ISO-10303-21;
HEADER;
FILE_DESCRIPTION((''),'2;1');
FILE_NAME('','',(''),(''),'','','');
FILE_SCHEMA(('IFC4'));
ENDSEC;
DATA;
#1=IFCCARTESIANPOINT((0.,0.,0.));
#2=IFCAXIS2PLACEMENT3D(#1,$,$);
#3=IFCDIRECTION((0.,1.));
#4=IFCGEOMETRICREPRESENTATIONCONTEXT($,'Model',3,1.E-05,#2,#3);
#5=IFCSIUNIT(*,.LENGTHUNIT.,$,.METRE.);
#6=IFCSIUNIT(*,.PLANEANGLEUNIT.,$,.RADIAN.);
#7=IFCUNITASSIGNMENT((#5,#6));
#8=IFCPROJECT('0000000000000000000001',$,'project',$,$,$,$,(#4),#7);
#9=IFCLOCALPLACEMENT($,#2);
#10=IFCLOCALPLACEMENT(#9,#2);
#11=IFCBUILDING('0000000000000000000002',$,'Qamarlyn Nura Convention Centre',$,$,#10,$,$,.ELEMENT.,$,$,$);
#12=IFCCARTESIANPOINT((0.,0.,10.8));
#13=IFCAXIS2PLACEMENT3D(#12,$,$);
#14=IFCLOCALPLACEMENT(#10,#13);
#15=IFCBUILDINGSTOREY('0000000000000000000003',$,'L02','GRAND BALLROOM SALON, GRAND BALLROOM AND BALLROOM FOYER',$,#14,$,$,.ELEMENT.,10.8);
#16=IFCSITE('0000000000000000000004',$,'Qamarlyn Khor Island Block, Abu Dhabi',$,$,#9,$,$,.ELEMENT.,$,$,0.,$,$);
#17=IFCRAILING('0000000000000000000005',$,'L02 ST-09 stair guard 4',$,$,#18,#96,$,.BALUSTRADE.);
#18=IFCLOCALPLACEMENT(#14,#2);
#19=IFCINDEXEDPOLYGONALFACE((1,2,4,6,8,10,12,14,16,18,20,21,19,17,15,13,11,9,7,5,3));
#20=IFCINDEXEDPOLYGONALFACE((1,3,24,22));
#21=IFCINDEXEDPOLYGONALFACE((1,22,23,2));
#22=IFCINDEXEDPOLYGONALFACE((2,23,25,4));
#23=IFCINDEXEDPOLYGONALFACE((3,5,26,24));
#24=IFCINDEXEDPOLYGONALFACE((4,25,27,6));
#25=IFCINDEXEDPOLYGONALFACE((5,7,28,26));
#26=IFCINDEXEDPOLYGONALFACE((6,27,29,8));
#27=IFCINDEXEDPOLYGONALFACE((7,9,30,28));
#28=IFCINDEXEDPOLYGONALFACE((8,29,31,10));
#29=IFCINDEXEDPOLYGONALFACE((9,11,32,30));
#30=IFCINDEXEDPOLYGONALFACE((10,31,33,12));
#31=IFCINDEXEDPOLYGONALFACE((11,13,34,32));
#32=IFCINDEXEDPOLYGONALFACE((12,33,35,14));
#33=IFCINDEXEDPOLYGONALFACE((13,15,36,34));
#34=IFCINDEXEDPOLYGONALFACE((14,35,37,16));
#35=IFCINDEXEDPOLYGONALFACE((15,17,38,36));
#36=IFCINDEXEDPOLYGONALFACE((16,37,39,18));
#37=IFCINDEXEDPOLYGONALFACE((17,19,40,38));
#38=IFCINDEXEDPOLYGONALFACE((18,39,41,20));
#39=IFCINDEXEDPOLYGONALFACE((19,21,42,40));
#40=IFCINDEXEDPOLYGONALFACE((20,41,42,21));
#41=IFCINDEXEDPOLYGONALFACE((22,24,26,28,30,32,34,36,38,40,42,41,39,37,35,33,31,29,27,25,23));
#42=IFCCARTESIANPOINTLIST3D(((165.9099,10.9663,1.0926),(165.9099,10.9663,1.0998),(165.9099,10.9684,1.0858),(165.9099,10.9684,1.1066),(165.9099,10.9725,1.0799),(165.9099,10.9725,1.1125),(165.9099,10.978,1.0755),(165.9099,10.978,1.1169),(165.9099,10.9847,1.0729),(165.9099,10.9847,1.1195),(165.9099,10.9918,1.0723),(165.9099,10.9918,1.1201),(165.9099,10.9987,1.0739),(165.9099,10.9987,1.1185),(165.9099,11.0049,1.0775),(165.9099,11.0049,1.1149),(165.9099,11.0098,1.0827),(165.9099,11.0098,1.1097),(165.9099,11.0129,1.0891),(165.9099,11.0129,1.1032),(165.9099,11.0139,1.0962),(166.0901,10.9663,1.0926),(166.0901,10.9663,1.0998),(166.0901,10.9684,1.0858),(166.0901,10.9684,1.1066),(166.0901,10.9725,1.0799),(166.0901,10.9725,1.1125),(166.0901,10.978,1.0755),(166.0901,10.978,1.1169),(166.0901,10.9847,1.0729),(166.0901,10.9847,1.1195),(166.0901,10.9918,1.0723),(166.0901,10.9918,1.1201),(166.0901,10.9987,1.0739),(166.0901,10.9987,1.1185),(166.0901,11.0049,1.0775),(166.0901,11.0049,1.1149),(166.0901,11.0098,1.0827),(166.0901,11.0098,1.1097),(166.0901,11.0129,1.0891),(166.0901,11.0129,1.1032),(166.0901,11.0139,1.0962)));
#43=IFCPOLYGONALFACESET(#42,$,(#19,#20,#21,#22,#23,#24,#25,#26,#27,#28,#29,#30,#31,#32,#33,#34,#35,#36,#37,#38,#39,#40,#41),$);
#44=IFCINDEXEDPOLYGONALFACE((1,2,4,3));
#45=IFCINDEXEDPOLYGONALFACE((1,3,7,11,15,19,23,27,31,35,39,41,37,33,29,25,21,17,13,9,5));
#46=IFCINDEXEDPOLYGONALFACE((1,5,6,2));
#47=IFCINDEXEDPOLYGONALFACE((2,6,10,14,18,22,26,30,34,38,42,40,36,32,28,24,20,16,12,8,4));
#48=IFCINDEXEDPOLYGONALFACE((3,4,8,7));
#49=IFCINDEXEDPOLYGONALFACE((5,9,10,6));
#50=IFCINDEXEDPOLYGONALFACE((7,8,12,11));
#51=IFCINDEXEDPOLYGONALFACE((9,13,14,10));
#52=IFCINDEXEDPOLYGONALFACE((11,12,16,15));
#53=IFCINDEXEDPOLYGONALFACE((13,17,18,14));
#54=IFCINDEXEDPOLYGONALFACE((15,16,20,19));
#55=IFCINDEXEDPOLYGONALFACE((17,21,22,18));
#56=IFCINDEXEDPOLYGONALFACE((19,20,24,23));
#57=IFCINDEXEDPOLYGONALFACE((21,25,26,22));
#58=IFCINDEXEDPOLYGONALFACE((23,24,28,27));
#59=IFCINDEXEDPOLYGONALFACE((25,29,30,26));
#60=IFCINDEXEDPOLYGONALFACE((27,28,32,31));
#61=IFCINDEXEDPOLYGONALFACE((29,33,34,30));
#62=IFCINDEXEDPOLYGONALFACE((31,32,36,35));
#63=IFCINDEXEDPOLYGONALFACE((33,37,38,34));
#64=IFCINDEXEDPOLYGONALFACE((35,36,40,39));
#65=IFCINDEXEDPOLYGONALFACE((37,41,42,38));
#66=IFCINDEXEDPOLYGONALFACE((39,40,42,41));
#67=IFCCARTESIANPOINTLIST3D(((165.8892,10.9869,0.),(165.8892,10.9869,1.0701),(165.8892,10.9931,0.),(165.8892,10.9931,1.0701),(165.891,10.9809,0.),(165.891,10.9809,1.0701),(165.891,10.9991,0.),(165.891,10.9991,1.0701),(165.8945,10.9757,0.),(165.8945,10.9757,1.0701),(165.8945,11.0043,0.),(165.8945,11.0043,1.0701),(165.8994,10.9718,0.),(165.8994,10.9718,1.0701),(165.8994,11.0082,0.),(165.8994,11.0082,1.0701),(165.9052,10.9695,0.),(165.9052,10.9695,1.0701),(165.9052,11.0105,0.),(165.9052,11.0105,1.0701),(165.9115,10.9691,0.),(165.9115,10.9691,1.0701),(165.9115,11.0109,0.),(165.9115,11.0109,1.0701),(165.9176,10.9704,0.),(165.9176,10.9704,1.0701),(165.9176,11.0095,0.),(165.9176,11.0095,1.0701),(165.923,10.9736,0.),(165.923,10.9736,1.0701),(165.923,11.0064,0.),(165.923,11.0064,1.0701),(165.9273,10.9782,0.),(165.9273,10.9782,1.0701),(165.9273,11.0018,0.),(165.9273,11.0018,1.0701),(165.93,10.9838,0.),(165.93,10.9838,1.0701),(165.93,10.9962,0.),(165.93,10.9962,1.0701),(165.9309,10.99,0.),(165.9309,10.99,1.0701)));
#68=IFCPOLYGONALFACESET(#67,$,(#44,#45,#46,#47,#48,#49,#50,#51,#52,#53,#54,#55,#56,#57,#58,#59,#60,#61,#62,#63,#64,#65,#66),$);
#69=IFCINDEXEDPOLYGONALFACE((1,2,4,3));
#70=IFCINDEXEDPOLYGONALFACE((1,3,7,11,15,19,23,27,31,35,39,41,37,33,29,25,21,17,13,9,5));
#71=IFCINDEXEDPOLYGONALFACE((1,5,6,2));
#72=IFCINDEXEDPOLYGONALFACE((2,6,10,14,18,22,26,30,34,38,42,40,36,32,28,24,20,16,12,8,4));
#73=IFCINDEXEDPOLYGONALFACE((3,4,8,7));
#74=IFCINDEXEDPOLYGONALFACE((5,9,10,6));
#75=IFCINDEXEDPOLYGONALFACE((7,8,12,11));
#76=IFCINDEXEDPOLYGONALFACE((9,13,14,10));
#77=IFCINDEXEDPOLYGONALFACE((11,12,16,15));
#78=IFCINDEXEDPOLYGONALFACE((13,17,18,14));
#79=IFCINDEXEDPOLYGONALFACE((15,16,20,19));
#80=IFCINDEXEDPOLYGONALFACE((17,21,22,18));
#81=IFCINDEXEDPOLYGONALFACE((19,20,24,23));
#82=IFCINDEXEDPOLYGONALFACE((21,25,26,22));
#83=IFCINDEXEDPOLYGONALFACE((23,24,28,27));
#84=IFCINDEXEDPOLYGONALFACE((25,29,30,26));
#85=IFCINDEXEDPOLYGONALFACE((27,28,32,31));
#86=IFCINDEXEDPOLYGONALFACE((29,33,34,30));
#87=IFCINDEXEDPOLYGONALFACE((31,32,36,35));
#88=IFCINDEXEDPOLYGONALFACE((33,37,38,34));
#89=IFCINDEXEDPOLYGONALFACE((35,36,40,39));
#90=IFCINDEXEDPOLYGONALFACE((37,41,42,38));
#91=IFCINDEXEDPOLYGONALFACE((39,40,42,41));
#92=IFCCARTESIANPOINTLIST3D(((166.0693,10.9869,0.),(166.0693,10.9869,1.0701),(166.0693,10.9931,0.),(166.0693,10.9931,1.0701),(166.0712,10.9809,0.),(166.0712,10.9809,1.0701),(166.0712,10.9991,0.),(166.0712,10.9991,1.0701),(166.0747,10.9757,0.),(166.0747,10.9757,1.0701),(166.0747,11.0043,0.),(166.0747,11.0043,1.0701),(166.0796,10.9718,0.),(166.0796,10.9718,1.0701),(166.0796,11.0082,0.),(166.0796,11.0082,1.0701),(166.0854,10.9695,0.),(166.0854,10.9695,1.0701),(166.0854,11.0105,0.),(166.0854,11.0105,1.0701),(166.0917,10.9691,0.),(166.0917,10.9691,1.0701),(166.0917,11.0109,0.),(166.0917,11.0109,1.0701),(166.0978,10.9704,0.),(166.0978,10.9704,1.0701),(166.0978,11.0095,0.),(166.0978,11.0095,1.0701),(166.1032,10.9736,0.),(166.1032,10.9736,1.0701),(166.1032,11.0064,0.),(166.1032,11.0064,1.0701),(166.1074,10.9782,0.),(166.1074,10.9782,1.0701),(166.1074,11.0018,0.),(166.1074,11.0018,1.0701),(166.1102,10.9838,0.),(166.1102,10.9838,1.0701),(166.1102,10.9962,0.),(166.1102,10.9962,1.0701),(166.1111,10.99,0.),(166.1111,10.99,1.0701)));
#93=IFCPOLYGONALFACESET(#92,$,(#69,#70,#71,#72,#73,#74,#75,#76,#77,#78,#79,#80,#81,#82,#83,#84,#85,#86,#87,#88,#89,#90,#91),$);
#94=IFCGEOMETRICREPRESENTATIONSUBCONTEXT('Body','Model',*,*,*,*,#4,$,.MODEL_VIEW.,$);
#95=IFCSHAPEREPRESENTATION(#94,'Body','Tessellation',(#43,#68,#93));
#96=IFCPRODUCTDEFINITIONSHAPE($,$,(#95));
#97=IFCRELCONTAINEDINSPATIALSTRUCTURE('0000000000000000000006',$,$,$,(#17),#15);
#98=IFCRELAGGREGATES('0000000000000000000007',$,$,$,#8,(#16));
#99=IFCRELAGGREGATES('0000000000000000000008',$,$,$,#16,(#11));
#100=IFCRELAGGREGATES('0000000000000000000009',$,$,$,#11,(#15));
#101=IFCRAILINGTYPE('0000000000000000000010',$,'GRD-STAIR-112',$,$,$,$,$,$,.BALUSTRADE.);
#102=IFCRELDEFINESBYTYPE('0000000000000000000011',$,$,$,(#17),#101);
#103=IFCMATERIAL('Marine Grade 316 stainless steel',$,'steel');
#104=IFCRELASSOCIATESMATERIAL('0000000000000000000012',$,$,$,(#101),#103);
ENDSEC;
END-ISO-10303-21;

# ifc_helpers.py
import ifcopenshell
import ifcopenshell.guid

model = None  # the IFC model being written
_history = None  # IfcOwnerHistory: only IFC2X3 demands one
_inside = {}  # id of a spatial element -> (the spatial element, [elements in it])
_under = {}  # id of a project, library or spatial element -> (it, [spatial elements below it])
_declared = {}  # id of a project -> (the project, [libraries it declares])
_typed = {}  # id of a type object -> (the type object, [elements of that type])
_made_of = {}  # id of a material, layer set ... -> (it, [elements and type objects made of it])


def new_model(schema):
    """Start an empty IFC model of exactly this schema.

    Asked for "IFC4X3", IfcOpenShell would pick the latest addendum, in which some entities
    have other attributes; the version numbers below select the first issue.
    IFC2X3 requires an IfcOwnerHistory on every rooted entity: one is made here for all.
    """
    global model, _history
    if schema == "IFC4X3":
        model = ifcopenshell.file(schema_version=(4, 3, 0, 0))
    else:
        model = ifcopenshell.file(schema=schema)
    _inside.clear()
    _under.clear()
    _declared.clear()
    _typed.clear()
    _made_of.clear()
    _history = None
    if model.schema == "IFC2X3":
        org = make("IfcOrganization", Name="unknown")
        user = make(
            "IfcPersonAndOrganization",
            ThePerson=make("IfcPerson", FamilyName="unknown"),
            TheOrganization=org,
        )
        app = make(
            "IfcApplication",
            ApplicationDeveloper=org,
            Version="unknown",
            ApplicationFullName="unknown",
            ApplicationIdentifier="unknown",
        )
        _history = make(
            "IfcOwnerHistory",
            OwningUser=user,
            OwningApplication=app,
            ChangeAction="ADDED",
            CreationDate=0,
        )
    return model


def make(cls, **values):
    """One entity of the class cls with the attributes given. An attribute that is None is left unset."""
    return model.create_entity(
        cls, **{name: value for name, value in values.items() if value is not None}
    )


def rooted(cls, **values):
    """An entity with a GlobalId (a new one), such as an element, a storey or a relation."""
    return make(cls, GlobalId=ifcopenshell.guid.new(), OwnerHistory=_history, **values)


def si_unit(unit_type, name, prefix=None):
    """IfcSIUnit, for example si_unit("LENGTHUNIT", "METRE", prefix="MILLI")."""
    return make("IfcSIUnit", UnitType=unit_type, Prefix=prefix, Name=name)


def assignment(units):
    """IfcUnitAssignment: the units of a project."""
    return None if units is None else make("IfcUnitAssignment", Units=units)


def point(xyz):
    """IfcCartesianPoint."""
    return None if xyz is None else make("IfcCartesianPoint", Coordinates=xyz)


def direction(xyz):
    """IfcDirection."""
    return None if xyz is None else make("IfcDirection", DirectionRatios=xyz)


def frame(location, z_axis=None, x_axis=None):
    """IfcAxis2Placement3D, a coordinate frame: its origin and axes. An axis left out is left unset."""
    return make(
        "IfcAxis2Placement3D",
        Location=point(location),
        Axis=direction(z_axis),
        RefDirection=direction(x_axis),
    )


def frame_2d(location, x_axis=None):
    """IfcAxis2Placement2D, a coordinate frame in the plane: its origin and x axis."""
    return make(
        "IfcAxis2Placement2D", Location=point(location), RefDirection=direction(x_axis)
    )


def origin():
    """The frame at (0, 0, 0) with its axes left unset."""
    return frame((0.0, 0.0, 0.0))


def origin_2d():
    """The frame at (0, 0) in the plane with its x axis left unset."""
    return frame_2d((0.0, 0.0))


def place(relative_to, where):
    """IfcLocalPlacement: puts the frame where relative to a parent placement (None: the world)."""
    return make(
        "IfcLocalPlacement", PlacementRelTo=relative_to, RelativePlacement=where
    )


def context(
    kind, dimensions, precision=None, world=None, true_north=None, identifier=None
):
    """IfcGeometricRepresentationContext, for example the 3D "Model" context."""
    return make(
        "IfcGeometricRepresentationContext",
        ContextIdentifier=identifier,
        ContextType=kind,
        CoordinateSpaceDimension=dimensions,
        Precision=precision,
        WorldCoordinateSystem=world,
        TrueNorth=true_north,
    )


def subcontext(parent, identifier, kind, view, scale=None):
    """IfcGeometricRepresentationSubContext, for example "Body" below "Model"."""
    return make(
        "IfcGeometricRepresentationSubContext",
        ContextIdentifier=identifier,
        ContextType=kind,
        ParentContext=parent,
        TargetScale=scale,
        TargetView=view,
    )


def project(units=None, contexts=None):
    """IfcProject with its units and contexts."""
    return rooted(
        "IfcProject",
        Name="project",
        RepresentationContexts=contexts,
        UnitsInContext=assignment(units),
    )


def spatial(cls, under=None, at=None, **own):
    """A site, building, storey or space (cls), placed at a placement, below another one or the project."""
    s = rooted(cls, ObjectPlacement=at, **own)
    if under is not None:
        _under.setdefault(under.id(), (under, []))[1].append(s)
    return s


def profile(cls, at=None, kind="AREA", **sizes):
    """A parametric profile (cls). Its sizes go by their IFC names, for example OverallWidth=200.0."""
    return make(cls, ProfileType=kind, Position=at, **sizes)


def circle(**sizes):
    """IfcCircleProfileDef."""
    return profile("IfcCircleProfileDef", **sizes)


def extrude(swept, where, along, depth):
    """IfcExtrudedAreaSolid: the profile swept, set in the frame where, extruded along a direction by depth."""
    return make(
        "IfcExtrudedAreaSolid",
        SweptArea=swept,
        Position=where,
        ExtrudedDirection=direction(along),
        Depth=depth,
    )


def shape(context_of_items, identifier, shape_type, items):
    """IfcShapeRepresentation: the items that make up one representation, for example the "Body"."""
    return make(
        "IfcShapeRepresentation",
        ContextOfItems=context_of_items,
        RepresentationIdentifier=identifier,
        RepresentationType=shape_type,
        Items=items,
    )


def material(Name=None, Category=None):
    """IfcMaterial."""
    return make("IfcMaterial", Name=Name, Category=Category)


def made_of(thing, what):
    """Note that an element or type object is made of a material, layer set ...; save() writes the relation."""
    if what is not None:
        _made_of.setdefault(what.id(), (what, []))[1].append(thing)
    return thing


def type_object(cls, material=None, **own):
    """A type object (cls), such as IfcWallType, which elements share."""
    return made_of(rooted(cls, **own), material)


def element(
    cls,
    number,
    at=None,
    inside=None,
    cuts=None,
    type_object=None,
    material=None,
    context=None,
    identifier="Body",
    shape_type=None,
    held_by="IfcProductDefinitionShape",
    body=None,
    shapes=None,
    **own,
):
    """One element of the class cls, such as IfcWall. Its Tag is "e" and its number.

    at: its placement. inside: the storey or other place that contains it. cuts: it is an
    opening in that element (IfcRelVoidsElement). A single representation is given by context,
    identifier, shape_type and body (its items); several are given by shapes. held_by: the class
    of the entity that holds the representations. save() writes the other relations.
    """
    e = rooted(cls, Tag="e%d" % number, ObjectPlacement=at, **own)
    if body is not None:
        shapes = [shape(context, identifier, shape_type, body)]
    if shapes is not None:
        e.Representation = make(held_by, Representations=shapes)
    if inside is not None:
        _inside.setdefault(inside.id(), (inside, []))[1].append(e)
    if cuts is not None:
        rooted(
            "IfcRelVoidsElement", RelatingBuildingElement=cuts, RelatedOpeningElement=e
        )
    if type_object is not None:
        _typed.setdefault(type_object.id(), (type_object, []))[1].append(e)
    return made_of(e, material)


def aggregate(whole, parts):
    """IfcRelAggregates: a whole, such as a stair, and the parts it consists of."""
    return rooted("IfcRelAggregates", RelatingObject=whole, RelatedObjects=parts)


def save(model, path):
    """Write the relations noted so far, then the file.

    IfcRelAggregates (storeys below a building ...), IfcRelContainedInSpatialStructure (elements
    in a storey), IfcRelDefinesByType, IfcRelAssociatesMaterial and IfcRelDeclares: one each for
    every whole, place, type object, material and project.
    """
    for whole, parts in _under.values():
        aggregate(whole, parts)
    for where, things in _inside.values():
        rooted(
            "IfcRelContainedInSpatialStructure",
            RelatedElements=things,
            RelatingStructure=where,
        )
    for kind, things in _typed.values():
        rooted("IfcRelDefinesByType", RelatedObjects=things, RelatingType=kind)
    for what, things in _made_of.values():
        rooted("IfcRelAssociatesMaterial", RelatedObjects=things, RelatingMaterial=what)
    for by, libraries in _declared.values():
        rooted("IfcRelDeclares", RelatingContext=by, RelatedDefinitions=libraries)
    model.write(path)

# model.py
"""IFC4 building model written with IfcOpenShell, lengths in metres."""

from ifc_helpers import new_model, si_unit, direction, frame, origin, origin_2d, place, context, subcontext, project, spatial, circle, extrude, material, type_object, element, save


model = new_model("IFC4")

# Units and contexts
model_context = context("Model", 3, precision=1e-05, world=origin(), true_north=direction((0.0, 1.0)))
body_context = subcontext(model_context, "Body", "Model", "MODEL_VIEW")
ifc_project = project(units=[si_unit("LENGTHUNIT", "METRE"), si_unit("PLANEANGLEUNIT", "RADIAN")], contexts=[model_context])

# Site, building, storey
site_placement = place(None, origin())
site = spatial("IfcSite", under=ifc_project, at=site_placement, Name="Qamarlyn Khor Island Block, Abu Dhabi", CompositionType="ELEMENT", RefElevation=0.0)
building_placement = place(site_placement, origin())
building = spatial("IfcBuilding", under=site, at=building_placement, Name="Qamarlyn Nura Convention Centre", CompositionType="ELEMENT")
storey_placement = place(building_placement, frame((0.0, 0.0, 10.8)))
storey = spatial("IfcBuildingStorey", under=building, at=storey_placement, Name="L02", Description="GRAND BALLROOM SALON, GRAND BALLROOM AND BALLROOM FOYER", CompositionType="ELEMENT", Elevation=10.8)

# Railing
ifc_material_1 = material(Name="Marine Grade 316 stainless steel", Category="steel")
railing_type_1 = type_object("IfcRailingType", Name="GRD-STAIR-112", PredefinedType="BALUSTRADE", material=ifc_material_1)
railing_1_placement = place(storey_placement, frame((165.9099, 10.99, 0.0)))
element("IfcRailing", 1, at=railing_1_placement, inside=storey, type_object=railing_type_1, Name="L02 ST-09 stair guard 4", PredefinedType="BALUSTRADE", context=body_context, shape_type="SweptSolid", body=[
    extrude(circle(Radius=0.0239, at=origin_2d()), frame((0.0, 0.0, 1.0962), z_axis=(1.0, 0.0, 0.0), x_axis=(0.0, 1.0, 0.0)), (0.0, 0.0, 1.0), 0.1802),
    extrude(circle(Radius=0.021, at=origin_2d()), origin(), (0.0, 0.0, 1.0), 1.0701),
    extrude(circle(Radius=0.021, at=origin_2d()), frame((0.1802, 0.0, 0.0)), (0.0, 0.0, 1.0), 1.0701),
])

save(model, "model.ifc")
